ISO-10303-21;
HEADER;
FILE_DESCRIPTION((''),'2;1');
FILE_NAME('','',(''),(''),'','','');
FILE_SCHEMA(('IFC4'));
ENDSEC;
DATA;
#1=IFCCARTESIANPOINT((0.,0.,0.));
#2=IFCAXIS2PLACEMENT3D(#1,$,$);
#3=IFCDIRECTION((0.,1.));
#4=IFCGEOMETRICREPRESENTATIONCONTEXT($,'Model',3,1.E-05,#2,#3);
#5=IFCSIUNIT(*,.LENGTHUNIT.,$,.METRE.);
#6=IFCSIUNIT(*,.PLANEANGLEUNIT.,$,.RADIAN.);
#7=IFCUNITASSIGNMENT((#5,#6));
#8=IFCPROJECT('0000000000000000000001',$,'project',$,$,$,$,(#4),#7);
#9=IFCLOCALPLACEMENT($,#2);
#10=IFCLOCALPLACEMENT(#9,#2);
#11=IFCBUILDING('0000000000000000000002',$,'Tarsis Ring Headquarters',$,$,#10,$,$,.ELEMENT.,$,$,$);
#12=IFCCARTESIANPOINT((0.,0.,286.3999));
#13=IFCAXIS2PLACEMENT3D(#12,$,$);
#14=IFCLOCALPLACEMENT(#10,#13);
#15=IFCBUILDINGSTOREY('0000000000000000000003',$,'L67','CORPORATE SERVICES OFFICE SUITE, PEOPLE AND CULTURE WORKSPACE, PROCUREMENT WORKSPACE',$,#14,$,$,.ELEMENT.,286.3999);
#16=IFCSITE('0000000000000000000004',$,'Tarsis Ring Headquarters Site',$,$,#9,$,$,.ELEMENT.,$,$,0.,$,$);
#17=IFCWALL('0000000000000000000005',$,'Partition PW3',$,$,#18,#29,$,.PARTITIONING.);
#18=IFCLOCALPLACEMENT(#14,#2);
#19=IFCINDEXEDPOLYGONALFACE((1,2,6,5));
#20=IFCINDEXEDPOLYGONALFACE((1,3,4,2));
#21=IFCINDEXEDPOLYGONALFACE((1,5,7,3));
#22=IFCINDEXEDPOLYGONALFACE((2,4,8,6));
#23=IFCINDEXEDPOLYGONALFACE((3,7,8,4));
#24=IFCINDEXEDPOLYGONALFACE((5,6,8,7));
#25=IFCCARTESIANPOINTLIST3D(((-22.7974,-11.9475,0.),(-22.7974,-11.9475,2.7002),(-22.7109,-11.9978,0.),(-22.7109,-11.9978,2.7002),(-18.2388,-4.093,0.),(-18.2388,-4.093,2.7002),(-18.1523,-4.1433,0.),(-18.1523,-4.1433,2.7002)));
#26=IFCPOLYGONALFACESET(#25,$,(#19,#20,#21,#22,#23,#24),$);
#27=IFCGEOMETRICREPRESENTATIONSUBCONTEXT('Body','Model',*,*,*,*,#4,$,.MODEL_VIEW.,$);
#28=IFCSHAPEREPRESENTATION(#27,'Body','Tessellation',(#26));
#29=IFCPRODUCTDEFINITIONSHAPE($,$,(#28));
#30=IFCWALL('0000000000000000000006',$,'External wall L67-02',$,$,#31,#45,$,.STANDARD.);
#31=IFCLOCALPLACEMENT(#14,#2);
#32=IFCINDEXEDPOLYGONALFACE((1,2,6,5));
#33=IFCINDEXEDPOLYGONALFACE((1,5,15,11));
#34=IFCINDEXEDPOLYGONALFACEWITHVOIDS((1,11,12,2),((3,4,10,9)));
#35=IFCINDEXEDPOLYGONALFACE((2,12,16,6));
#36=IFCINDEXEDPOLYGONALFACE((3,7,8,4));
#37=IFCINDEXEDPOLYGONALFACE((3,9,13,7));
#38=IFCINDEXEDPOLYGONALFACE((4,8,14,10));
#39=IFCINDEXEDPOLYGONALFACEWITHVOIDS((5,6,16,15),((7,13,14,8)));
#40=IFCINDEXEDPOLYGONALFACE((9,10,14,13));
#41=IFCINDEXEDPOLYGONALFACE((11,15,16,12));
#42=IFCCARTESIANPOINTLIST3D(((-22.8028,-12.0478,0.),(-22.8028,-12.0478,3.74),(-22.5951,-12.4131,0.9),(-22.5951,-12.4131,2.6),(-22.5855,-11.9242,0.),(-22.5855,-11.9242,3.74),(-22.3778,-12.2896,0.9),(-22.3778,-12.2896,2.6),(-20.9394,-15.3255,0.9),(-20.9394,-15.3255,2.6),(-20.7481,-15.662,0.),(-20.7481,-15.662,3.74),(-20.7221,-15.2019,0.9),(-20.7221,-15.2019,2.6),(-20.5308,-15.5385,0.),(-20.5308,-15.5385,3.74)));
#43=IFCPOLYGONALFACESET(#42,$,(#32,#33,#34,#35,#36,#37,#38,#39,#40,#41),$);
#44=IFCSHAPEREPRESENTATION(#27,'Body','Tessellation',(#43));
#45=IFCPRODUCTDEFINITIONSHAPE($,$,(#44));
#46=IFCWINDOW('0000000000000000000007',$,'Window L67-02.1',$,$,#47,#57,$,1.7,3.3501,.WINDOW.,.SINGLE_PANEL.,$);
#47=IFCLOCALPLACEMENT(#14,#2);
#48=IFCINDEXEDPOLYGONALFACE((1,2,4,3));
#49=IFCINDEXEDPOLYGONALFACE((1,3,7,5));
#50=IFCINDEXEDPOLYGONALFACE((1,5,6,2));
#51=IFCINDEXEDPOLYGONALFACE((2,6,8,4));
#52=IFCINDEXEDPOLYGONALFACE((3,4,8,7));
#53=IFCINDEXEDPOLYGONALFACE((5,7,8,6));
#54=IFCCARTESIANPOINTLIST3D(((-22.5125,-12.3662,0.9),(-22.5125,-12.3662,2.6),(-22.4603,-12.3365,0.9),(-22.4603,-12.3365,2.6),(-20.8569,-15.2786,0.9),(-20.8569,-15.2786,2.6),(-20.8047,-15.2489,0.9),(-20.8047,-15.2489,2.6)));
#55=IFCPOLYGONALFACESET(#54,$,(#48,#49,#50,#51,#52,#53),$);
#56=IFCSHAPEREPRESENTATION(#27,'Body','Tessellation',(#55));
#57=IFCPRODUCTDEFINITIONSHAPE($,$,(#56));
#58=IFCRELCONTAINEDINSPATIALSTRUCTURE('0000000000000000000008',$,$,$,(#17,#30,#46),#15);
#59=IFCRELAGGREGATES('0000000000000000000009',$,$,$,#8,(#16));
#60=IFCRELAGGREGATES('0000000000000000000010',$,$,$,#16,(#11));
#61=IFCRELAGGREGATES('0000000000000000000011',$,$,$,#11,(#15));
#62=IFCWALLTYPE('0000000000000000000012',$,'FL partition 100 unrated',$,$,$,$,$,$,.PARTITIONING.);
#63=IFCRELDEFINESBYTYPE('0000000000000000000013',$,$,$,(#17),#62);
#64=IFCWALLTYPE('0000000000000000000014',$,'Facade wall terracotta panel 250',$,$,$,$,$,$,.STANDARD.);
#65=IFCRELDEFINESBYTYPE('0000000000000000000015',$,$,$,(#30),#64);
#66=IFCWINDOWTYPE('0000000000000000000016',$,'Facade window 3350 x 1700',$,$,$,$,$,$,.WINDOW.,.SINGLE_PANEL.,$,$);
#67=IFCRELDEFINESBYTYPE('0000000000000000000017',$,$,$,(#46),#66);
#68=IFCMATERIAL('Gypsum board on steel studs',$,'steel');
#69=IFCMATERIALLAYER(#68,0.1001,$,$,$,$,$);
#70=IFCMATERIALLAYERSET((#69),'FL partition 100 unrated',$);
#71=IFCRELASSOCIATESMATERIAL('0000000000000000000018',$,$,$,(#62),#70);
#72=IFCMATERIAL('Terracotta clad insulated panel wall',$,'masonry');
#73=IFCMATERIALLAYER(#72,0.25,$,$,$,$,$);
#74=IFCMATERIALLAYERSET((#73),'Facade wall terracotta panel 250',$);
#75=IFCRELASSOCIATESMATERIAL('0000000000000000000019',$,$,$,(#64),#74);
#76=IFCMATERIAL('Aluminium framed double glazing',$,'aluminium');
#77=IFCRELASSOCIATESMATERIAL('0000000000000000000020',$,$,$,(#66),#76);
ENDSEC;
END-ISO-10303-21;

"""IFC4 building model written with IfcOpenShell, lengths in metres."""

from ifc_helpers import new_model, si_unit, direction, frame, frame_2d, origin, place, context, subcontext, project, spatial, rectangle, extrude, material, layer, layer_set, type_object, element, fill, save


model = new_model("IFC4")

# Units and contexts
model_context = context("Model", 3, precision=1e-05, world=origin(), true_north=direction((0.0, 1.0)))
body_context = subcontext(model_context, "Body", "Model", "MODEL_VIEW")
ifc_project = project(units=[si_unit("LENGTHUNIT", "METRE"), si_unit("PLANEANGLEUNIT", "RADIAN")], contexts=[model_context])

# Site, building, storey
site_placement = place(None, origin())
site = spatial("IfcSite", under=ifc_project, at=site_placement, Name="Tarsis Ring Headquarters Site", CompositionType="ELEMENT", RefElevation=0.0)
building_placement = place(site_placement, origin())
building = spatial("IfcBuilding", under=site, at=building_placement, Name="Tarsis Ring Headquarters", CompositionType="ELEMENT")
storey_placement = place(building_placement, frame((0.0, 0.0, 286.3999)))
storey = spatial("IfcBuildingStorey", under=building, at=storey_placement, Name="L67", Description="CORPORATE SERVICES OFFICE SUITE, PEOPLE AND CULTURE WORKSPACE, PROCUREMENT WORKSPACE", CompositionType="ELEMENT", Elevation=286.3999)

# Wall
ifc_material_1 = material(Name="Gypsum board on steel studs", Category="steel")
ifc_layer_1 = layer(ifc_material_1, 0.1001)
ifc_layer_set_1 = layer_set([ifc_layer_1], Name="FL partition 100 unrated")
wall_type_1 = type_object("IfcWallType", Name="FL partition 100 unrated", PredefinedType="PARTITIONING", material=ifc_layer_set_1)
wall_1_placement = place(storey_placement, frame((-22.7542, -11.9727, 0.0), z_axis=(0.0, 0.0, 1.0), x_axis=(0.501964, 0.864888, 0.0)))
element("IfcWall", 1, at=wall_1_placement, inside=storey, type_object=wall_type_1, Name="Partition PW3", PredefinedType="PARTITIONING", context=body_context, shape_type="SweptSolid", body=[
    extrude(rectangle(XDim=9.0815, YDim=0.1001, at=frame_2d((4.5408, 0.0))), origin(), (0.0, 0.0, 1.0), 2.7002),
])

# Wall, opening, window
ifc_material_2 = material(Name="Terracotta clad insulated panel wall", Category="masonry")
ifc_layer_2 = layer(ifc_material_2, 0.25)
ifc_layer_set_2 = layer_set([ifc_layer_2], Name="Facade wall terracotta panel 250")
wall_type_2 = type_object("IfcWallType", Name="Facade wall terracotta panel 250", PredefinedType="STANDARD", material=ifc_layer_set_2)
wall_2_placement = place(storey_placement, frame((-22.6941, -11.9861, 0.0), z_axis=(0.0, 0.0, 1.0), x_axis=(0.494215, -0.86934, 0.0)))
wall_2 = element("IfcWall", 2, at=wall_2_placement, inside=storey, type_object=wall_type_2, Name="External wall L67-02", PredefinedType="STANDARD", context=body_context, shape_type="SweptSolid", body=[
    extrude(rectangle(XDim=4.1575, YDim=0.25, at=frame_2d((2.0786, 0.0))), origin(), (0.0, 0.0, 1.0), 3.74),
])
opening_placement = place(wall_2_placement, frame((0.4202, 0.0, 0.8999)))
opening = element("IfcOpeningElement", 3, at=opening_placement, cuts=wall_2, PredefinedType="OPENING", context=body_context, shape_type="SweptSolid", body=[
    extrude(rectangle(XDim=3.3501, YDim=1.7, at=frame_2d((1.675, 0.8501))), frame((0.0, 0.135, 0.0), z_axis=(0.0, -1.0, 0.0), x_axis=(1.0, 0.0, 0.0)), (0.0, 0.0, 1.0), 0.27),
])
ifc_material_3 = material(Name="Aluminium framed double glazing", Category="aluminium")
window_type = type_object("IfcWindowType", Name="Facade window 3350 x 1700", PartitioningType="SINGLE_PANEL", PredefinedType="WINDOW", material=ifc_material_3)
window_placement = place(opening_placement, origin())
window = element("IfcWindow", 4, at=window_placement, inside=storey, type_object=window_type, Name="Window L67-02.1", OverallHeight=1.7, OverallWidth=3.3501, PartitioningType="SINGLE_PANEL", PredefinedType="WINDOW", context=body_context, shape_type="SweptSolid", body=[
    extrude(rectangle(XDim=3.3501, YDim=1.7, at=frame_2d((1.675, 0.8501))), frame((0.0, 0.03, 0.0), z_axis=(0.0, -1.0, 0.0), x_axis=(1.0, 0.0, 0.0)), (0.0, 0.0, 1.0), 0.0601),
])
fill(opening, window)

save(model, "model.ifc")
